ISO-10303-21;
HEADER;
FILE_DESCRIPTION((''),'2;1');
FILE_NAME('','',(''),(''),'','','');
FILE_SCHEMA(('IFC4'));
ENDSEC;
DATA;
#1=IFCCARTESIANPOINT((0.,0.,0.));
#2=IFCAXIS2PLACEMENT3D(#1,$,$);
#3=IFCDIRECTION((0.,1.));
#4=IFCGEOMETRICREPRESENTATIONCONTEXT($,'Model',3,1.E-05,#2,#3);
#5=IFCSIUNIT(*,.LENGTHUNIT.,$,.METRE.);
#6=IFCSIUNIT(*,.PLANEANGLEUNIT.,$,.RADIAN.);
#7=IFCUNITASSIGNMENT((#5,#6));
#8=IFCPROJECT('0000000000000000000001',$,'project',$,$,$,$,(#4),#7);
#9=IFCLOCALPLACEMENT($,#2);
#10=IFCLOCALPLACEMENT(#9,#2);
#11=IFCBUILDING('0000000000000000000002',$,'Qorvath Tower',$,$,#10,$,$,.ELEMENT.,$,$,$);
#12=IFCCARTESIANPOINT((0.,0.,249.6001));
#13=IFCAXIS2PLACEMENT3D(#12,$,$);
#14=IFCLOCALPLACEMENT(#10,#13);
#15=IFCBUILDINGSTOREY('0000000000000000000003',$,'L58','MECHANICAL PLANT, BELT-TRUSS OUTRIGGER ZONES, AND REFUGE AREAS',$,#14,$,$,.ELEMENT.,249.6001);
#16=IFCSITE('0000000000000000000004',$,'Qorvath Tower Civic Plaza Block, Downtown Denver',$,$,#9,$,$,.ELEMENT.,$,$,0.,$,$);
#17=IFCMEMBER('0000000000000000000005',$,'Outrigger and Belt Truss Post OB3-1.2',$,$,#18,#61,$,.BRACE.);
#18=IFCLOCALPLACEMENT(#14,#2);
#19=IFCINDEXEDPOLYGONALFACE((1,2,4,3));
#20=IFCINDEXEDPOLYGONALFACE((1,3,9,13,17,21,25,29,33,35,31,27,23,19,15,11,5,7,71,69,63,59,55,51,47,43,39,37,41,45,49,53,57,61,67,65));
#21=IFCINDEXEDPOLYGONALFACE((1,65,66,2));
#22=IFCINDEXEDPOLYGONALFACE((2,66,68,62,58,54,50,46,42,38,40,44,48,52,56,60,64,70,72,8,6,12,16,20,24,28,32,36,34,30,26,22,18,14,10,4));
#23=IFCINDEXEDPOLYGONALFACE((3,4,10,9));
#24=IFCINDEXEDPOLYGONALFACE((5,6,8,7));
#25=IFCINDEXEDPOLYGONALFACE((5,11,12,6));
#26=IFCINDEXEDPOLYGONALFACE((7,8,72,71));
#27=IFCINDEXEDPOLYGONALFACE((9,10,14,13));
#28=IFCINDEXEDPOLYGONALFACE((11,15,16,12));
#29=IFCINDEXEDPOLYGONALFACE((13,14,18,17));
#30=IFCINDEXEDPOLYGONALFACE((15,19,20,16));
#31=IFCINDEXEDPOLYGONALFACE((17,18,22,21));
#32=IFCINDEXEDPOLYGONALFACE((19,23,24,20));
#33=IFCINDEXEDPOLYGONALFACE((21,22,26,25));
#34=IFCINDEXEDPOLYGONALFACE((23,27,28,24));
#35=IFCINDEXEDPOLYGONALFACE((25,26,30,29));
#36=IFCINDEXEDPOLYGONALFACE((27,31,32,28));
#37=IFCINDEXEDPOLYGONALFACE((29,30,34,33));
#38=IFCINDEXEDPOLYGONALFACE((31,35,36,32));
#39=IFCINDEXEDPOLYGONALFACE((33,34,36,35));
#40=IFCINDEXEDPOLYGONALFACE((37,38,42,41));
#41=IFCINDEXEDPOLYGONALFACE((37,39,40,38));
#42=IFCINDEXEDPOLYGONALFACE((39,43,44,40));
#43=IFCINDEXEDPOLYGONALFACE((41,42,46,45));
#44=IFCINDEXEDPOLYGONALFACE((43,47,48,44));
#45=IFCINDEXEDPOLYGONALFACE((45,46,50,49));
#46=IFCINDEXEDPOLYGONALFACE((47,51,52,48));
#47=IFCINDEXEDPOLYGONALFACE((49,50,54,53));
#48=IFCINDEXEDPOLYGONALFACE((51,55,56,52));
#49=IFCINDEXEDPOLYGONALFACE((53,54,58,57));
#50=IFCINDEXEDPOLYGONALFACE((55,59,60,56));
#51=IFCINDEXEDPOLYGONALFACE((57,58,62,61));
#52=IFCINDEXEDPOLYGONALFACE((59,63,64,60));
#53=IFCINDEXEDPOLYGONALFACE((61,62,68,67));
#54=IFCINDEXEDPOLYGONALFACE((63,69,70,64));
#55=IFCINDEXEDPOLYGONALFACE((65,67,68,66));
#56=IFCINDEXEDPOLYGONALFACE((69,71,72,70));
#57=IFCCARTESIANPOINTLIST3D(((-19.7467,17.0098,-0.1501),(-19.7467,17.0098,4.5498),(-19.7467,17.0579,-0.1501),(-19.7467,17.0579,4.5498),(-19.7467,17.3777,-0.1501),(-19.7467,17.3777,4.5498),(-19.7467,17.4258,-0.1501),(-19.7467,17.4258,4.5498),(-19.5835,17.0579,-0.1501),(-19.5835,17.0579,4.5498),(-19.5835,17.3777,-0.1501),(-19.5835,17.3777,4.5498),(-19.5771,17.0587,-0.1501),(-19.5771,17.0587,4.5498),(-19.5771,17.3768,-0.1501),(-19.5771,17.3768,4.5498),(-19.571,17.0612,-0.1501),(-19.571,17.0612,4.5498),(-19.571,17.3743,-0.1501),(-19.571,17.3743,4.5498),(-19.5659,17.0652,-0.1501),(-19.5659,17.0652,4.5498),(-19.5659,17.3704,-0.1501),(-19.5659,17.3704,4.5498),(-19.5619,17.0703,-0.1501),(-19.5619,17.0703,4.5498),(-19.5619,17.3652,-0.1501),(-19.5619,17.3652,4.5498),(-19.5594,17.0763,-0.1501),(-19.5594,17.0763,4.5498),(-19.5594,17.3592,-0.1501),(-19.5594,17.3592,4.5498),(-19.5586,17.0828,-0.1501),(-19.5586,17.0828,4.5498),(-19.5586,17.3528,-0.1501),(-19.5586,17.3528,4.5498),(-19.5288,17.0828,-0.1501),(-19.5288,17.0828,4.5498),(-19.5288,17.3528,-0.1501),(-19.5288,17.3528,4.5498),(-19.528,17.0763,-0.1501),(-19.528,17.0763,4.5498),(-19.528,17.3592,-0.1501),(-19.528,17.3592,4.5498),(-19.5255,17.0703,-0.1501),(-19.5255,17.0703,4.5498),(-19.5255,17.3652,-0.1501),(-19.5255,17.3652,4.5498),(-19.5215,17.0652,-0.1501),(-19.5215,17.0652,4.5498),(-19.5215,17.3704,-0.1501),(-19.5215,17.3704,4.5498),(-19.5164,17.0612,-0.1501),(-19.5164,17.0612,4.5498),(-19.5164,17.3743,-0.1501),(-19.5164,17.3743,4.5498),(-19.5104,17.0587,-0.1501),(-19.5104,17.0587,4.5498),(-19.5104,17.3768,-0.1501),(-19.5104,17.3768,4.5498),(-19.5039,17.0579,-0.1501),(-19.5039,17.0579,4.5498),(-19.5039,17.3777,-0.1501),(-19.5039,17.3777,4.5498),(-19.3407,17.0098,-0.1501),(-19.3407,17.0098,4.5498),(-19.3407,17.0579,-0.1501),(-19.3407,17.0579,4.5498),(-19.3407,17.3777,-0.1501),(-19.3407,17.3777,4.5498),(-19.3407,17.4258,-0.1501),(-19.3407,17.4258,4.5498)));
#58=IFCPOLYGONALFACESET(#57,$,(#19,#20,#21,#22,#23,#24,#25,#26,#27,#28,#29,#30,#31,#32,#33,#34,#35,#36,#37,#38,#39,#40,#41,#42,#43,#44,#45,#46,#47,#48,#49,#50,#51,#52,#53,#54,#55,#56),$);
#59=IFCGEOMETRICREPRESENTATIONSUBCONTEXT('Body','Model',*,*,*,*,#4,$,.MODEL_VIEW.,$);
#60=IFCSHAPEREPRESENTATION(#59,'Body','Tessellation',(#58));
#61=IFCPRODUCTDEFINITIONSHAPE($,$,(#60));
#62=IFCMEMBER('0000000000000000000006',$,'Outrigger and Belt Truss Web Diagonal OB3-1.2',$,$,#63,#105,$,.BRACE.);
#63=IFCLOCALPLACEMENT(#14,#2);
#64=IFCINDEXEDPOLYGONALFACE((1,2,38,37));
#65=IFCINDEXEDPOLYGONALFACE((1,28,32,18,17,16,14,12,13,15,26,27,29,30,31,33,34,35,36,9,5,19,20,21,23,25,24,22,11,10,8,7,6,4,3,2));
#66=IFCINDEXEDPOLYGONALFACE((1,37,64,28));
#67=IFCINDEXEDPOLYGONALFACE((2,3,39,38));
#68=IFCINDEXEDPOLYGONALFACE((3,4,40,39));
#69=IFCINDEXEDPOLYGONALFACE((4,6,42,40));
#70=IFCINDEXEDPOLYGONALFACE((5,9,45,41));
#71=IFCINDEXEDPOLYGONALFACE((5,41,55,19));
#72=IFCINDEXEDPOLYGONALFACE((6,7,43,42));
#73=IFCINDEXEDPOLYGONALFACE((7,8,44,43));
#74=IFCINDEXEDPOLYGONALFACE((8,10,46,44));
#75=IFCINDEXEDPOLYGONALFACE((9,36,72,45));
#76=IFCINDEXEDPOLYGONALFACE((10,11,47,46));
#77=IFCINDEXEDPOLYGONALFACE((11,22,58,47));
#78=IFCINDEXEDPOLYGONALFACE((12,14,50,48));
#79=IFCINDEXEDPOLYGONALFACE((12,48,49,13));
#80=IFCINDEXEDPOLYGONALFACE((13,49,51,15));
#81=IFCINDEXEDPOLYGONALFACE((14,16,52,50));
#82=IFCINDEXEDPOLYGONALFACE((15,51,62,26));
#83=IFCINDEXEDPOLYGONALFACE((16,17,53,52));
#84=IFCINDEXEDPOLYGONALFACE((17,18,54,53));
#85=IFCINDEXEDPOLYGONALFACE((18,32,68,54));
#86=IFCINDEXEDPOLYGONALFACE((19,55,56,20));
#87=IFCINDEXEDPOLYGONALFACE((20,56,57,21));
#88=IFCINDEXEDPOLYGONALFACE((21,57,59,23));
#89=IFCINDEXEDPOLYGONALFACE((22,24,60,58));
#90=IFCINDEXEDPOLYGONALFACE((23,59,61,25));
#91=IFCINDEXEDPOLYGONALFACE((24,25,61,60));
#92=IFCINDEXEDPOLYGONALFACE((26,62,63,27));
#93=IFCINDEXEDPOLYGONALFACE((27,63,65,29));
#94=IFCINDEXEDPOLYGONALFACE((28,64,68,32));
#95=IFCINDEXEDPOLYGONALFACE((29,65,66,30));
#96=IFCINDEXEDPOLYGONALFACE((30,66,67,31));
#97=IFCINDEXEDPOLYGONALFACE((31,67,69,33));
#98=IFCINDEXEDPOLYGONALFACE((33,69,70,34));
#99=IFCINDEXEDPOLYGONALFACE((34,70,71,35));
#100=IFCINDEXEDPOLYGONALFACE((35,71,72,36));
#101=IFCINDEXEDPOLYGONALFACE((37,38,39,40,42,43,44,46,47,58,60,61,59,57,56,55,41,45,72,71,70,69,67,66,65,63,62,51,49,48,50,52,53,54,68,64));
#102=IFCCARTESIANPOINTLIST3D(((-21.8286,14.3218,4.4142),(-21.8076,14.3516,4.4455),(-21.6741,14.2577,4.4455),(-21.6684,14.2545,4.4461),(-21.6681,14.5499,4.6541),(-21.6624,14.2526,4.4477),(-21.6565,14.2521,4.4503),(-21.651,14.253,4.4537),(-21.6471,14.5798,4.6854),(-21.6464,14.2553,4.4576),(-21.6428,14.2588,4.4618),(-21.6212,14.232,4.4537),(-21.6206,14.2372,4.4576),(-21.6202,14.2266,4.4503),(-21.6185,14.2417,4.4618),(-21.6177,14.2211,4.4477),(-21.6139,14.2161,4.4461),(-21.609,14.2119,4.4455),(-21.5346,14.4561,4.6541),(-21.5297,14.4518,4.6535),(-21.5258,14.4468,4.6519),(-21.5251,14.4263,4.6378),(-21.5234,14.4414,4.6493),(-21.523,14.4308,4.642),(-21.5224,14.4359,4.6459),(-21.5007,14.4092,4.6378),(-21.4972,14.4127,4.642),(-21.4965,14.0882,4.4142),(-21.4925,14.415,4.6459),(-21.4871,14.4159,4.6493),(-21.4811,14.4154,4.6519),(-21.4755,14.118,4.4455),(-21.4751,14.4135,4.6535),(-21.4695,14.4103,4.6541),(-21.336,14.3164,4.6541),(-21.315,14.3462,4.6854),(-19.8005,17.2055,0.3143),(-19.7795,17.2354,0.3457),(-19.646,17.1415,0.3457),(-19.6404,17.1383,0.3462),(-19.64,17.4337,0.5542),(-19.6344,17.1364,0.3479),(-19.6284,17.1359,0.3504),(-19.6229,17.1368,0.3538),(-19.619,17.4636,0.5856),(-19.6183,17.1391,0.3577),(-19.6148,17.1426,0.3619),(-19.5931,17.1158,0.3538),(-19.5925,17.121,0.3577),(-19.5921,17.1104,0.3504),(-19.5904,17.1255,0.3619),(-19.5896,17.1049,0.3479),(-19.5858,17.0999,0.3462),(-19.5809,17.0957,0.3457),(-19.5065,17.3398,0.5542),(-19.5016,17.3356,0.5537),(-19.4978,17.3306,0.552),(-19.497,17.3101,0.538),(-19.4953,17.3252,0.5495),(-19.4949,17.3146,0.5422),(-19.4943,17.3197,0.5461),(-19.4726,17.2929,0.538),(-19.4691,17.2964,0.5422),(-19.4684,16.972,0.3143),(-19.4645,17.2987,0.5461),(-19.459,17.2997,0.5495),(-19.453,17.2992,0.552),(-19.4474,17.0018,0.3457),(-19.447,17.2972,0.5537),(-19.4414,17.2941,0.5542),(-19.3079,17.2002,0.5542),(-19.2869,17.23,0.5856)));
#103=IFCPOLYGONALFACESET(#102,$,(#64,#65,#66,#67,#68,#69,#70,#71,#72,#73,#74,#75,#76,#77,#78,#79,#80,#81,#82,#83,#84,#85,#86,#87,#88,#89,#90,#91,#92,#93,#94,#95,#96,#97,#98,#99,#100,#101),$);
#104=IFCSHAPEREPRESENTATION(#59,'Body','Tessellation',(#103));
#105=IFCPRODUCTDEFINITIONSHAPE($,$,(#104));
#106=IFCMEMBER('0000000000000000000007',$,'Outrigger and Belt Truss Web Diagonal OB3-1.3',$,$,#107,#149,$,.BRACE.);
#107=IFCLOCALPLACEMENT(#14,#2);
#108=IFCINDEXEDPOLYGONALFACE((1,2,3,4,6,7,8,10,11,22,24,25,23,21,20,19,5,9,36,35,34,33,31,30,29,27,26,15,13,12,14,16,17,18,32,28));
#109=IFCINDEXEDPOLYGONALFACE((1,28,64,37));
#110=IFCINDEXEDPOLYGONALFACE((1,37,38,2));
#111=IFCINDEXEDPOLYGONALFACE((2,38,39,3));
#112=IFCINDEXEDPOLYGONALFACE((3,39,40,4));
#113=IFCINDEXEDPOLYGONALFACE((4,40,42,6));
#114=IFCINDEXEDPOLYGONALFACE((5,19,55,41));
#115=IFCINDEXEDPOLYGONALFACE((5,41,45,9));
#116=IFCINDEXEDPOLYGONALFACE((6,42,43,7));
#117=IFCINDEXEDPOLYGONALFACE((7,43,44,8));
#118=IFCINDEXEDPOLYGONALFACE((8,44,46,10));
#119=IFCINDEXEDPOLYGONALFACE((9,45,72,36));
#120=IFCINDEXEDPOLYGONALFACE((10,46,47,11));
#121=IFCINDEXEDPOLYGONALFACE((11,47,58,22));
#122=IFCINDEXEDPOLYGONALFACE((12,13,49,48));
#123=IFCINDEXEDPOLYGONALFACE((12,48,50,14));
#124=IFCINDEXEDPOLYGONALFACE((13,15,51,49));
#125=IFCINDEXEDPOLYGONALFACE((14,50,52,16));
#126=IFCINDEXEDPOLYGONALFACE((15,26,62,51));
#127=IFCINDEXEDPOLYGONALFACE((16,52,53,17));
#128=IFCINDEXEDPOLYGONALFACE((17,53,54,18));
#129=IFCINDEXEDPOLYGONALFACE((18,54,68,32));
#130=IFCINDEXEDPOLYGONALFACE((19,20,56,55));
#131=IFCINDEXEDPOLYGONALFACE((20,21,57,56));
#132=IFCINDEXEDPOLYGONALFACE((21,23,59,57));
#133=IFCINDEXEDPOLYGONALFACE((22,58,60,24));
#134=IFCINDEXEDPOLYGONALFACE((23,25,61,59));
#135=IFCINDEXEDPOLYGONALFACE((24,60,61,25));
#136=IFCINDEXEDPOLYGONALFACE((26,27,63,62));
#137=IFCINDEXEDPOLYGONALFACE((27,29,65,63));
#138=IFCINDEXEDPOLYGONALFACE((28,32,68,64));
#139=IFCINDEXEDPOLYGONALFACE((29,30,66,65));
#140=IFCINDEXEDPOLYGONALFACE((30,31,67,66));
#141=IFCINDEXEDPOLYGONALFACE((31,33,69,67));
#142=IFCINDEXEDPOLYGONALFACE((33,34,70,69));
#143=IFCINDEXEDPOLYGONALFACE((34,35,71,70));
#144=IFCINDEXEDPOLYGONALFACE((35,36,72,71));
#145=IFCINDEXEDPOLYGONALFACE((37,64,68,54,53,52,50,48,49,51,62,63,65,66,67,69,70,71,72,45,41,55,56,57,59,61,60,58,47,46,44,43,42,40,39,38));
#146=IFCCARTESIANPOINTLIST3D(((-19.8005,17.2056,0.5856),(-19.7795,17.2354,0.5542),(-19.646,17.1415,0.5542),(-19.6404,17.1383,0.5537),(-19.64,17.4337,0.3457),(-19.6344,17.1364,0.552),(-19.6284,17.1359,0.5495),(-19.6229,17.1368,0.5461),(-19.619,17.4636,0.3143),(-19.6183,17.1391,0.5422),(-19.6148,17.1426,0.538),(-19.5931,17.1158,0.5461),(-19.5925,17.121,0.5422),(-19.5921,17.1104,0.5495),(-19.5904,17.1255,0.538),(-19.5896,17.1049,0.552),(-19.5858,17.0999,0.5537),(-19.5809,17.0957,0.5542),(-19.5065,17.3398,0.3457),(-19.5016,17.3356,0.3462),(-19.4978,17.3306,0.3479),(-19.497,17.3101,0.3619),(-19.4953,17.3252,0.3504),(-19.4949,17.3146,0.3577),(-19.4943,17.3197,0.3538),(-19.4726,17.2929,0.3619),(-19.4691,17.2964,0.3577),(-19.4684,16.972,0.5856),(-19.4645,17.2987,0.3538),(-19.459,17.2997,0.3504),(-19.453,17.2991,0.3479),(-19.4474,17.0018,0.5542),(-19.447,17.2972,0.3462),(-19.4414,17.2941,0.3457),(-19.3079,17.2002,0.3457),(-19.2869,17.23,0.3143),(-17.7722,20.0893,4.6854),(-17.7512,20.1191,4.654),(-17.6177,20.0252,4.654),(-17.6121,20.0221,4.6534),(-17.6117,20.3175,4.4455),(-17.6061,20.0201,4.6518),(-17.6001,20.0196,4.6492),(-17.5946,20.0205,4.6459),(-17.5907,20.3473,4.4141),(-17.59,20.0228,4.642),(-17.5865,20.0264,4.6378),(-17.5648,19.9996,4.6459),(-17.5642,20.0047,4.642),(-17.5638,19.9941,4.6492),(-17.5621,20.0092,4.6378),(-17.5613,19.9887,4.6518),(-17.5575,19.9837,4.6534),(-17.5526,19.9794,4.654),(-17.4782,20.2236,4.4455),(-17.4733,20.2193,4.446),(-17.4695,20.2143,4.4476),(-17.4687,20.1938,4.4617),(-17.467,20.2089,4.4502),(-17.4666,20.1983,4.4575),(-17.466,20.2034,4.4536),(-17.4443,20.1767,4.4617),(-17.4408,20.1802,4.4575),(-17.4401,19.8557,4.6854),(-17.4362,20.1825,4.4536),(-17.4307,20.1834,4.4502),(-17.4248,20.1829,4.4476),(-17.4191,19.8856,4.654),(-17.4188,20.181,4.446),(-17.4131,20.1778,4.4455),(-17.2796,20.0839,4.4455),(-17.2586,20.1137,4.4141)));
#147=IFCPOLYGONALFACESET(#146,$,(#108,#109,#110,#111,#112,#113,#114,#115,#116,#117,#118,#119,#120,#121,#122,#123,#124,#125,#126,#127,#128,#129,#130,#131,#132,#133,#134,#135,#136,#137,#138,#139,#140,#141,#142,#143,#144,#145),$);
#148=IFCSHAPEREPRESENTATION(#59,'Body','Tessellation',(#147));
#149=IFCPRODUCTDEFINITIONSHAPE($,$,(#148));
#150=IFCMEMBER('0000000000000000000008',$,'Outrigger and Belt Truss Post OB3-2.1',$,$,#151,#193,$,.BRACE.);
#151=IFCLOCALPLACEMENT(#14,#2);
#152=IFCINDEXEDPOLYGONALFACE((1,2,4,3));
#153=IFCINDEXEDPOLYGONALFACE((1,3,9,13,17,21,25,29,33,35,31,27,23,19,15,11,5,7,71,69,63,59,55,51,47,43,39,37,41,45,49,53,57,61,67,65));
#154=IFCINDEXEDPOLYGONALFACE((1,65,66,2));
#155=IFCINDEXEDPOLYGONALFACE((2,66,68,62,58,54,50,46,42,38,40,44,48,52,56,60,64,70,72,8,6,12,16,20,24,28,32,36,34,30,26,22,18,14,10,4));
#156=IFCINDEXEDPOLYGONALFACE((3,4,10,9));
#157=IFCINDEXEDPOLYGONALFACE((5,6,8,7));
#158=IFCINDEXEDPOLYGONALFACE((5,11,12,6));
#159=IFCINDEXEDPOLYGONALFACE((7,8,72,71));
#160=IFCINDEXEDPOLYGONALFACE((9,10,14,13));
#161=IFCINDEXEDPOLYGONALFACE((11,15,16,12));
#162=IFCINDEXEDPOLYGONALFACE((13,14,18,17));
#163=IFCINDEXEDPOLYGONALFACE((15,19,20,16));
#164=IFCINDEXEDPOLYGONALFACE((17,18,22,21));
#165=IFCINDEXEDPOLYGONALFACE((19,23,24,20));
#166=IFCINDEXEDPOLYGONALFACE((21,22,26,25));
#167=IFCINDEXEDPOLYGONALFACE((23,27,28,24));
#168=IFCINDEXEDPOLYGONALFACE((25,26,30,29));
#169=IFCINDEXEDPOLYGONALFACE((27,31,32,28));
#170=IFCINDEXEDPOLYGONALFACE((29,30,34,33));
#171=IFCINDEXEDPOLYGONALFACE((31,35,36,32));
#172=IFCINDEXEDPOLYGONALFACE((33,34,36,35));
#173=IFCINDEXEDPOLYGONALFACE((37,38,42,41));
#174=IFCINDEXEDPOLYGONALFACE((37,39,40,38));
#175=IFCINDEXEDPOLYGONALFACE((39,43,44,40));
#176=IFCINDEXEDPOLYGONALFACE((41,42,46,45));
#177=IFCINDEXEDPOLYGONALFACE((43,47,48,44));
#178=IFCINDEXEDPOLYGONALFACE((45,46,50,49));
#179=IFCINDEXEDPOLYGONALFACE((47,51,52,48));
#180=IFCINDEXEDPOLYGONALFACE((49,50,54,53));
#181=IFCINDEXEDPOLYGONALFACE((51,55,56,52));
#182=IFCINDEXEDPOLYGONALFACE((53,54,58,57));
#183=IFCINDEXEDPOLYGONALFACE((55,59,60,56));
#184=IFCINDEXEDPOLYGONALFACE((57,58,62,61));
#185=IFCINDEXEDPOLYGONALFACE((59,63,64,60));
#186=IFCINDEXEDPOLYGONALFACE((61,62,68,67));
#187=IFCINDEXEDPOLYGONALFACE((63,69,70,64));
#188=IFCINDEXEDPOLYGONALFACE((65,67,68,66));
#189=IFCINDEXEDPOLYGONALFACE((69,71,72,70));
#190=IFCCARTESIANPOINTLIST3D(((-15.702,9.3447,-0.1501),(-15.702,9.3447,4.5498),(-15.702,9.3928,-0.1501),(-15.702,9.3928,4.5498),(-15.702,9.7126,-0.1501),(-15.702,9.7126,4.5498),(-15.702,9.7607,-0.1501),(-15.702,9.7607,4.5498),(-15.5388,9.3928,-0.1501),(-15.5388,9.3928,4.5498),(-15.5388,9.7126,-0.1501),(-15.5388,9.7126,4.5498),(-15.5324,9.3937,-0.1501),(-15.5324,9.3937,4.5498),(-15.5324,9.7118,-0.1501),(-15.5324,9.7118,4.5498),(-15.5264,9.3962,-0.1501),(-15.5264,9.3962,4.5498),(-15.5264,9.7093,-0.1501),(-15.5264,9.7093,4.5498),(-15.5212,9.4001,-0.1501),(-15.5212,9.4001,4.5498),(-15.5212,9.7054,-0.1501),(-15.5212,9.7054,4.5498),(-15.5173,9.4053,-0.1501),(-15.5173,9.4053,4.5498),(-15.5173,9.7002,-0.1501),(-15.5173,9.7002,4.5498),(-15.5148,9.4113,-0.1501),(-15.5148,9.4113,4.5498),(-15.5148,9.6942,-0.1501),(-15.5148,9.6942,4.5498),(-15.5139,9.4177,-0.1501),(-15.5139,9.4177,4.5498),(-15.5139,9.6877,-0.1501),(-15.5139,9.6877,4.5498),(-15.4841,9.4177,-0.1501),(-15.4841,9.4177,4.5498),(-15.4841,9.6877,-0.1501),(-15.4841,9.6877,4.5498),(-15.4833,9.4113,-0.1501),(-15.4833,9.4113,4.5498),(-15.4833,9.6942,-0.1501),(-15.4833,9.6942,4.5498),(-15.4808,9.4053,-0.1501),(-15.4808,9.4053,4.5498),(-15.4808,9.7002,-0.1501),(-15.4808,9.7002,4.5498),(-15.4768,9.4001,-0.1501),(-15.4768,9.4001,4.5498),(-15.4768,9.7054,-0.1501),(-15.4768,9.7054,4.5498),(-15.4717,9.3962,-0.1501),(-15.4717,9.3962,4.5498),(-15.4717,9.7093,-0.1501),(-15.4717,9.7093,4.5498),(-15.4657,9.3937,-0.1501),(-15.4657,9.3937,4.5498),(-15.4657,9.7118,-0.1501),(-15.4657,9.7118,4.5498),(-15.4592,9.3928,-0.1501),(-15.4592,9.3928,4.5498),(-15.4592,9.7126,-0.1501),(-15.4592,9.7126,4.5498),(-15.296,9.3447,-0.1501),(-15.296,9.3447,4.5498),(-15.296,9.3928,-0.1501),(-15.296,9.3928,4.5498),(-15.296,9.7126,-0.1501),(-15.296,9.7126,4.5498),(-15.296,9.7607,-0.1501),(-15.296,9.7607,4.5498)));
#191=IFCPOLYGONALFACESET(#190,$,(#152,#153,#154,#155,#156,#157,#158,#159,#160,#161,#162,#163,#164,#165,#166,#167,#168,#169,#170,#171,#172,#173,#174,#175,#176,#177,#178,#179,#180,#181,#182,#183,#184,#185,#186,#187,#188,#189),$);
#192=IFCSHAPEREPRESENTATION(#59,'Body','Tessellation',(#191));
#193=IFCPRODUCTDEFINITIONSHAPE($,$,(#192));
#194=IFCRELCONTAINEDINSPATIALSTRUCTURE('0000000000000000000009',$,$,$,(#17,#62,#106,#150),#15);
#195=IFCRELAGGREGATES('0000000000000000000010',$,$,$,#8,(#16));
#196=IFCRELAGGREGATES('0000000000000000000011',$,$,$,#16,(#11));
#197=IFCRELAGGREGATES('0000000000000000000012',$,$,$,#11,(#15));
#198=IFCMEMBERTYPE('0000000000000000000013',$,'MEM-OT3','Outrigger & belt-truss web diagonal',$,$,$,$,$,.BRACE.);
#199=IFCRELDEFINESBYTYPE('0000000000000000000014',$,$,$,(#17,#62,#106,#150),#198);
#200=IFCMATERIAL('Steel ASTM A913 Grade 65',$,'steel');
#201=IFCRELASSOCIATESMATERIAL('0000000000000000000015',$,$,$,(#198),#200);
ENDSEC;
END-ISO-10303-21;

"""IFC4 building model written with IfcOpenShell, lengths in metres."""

from ifc_helpers import new_model, si_unit, direction, frame, origin, origin_2d, place, context, subcontext, project, spatial, i_section, extrude, material, material_profile, profile_set, type_object, element, save


model = new_model("IFC4")

# Units and contexts
model_context = context("Model", 3, precision=1e-05, world=origin(), true_north=direction((0.0, 1.0)))
body_context = subcontext(model_context, "Body", "Model", "MODEL_VIEW")
ifc_project = project(units=[si_unit("LENGTHUNIT", "METRE"), si_unit("PLANEANGLEUNIT", "RADIAN")], contexts=[model_context])

# Site, building, storey
site_placement = place(None, origin())
site = spatial("IfcSite", under=ifc_project, at=site_placement, Name="Qorvath Tower Civic Plaza Block, Downtown Denver", CompositionType="ELEMENT", RefElevation=0.0)
building_placement = place(site_placement, origin())
building = spatial("IfcBuilding", under=site, at=building_placement, Name="Qorvath Tower", CompositionType="ELEMENT")
storey_placement = place(building_placement, frame((0.0, 0.0, 249.6001)))
storey = spatial("IfcBuildingStorey", under=building, at=storey_placement, Name="L58", Description="MECHANICAL PLANT, BELT-TRUSS OUTRIGGER ZONES, AND REFUGE AREAS", CompositionType="ELEMENT", Elevation=249.6001)

# Members
ifc_material_1 = material(Name="Steel ASTM A913 Grade 65", Category="steel")
ifc_material_profile_1 = material_profile(ifc_material_1, i_section(OverallWidth=0.406, OverallDepth=0.416, WebThickness=0.0298, FlangeThickness=0.0481, FilletRadius=0.0249, at=origin_2d()), Name="W14x257")
ifc_profile_set_1 = profile_set([ifc_material_profile_1], Name="Steel ASTM A913 Grade 65")
member_type_1 = type_object("IfcMemberType", Name="MEM-OT3", Description="Outrigger & belt-truss web diagonal", PredefinedType="BRACE", material=ifc_profile_set_1)
member_1_placement = place(storey_placement, frame((-19.5437, 17.2178, -0.1501), z_axis=(0.0, 0.0, 1.0), x_axis=(1.0, 0.0, 0.0)))
element("IfcMember", 1, at=member_1_placement, inside=storey, type_object=member_type_1, Name="Outrigger and Belt Truss Post OB3-1.2", PredefinedType="BRACE", context=body_context, shape_type="SweptSolid", body=[
    extrude(i_section(OverallWidth=0.406, OverallDepth=0.416, WebThickness=0.0298, FlangeThickness=0.0481, FilletRadius=0.0249, at=origin_2d()), origin(), (0.0, 0.0, 1.0), 4.7),
])
for number, where, z_axis, x_axis, name in (
    (2, (-19.5437, 17.2178, 0.45), (-0.375068, -0.533321, 0.758217), (0.817974, -0.575255, 0.0), "Outrigger and Belt Truss Web Diagonal OB3-1.2"),
    (3, (-19.5437, 17.2178, 0.45), (0.375106, 0.533312, 0.758204), (-0.817942, 0.575301, 0.0), "Outrigger and Belt Truss Web Diagonal OB3-1.3"),
):
    element("IfcMember", number, at=place(storey_placement, frame(where, z_axis=z_axis, x_axis=x_axis)), inside=storey, type_object=member_type_1, Name=name, PredefinedType="BRACE", context=body_context, shape_type="SweptSolid", body=[
        extrude(i_section(OverallWidth=0.406, OverallDepth=0.416, WebThickness=0.0298, FlangeThickness=0.0481, FilletRadius=0.0249, at=origin_2d()), origin(), (0.0, 0.0, 1.0), 5.4072),
    ])
member_2_placement = place(storey_placement, frame((-15.499, 9.5527, -0.1501), z_axis=(0.0, 0.0, 1.0), x_axis=(1.0, 0.0, 0.0)))
element("IfcMember", 4, at=member_2_placement, inside=storey, type_object=member_type_1, Name="Outrigger and Belt Truss Post OB3-2.1", PredefinedType="BRACE", context=body_context, shape_type="SweptSolid", body=[
    extrude(i_section(OverallWidth=0.406, OverallDepth=0.416, WebThickness=0.0298, FlangeThickness=0.0481, FilletRadius=0.0249, at=origin_2d()), origin(), (0.0, 0.0, 1.0), 4.7),
])

save(model, "model.ifc")
